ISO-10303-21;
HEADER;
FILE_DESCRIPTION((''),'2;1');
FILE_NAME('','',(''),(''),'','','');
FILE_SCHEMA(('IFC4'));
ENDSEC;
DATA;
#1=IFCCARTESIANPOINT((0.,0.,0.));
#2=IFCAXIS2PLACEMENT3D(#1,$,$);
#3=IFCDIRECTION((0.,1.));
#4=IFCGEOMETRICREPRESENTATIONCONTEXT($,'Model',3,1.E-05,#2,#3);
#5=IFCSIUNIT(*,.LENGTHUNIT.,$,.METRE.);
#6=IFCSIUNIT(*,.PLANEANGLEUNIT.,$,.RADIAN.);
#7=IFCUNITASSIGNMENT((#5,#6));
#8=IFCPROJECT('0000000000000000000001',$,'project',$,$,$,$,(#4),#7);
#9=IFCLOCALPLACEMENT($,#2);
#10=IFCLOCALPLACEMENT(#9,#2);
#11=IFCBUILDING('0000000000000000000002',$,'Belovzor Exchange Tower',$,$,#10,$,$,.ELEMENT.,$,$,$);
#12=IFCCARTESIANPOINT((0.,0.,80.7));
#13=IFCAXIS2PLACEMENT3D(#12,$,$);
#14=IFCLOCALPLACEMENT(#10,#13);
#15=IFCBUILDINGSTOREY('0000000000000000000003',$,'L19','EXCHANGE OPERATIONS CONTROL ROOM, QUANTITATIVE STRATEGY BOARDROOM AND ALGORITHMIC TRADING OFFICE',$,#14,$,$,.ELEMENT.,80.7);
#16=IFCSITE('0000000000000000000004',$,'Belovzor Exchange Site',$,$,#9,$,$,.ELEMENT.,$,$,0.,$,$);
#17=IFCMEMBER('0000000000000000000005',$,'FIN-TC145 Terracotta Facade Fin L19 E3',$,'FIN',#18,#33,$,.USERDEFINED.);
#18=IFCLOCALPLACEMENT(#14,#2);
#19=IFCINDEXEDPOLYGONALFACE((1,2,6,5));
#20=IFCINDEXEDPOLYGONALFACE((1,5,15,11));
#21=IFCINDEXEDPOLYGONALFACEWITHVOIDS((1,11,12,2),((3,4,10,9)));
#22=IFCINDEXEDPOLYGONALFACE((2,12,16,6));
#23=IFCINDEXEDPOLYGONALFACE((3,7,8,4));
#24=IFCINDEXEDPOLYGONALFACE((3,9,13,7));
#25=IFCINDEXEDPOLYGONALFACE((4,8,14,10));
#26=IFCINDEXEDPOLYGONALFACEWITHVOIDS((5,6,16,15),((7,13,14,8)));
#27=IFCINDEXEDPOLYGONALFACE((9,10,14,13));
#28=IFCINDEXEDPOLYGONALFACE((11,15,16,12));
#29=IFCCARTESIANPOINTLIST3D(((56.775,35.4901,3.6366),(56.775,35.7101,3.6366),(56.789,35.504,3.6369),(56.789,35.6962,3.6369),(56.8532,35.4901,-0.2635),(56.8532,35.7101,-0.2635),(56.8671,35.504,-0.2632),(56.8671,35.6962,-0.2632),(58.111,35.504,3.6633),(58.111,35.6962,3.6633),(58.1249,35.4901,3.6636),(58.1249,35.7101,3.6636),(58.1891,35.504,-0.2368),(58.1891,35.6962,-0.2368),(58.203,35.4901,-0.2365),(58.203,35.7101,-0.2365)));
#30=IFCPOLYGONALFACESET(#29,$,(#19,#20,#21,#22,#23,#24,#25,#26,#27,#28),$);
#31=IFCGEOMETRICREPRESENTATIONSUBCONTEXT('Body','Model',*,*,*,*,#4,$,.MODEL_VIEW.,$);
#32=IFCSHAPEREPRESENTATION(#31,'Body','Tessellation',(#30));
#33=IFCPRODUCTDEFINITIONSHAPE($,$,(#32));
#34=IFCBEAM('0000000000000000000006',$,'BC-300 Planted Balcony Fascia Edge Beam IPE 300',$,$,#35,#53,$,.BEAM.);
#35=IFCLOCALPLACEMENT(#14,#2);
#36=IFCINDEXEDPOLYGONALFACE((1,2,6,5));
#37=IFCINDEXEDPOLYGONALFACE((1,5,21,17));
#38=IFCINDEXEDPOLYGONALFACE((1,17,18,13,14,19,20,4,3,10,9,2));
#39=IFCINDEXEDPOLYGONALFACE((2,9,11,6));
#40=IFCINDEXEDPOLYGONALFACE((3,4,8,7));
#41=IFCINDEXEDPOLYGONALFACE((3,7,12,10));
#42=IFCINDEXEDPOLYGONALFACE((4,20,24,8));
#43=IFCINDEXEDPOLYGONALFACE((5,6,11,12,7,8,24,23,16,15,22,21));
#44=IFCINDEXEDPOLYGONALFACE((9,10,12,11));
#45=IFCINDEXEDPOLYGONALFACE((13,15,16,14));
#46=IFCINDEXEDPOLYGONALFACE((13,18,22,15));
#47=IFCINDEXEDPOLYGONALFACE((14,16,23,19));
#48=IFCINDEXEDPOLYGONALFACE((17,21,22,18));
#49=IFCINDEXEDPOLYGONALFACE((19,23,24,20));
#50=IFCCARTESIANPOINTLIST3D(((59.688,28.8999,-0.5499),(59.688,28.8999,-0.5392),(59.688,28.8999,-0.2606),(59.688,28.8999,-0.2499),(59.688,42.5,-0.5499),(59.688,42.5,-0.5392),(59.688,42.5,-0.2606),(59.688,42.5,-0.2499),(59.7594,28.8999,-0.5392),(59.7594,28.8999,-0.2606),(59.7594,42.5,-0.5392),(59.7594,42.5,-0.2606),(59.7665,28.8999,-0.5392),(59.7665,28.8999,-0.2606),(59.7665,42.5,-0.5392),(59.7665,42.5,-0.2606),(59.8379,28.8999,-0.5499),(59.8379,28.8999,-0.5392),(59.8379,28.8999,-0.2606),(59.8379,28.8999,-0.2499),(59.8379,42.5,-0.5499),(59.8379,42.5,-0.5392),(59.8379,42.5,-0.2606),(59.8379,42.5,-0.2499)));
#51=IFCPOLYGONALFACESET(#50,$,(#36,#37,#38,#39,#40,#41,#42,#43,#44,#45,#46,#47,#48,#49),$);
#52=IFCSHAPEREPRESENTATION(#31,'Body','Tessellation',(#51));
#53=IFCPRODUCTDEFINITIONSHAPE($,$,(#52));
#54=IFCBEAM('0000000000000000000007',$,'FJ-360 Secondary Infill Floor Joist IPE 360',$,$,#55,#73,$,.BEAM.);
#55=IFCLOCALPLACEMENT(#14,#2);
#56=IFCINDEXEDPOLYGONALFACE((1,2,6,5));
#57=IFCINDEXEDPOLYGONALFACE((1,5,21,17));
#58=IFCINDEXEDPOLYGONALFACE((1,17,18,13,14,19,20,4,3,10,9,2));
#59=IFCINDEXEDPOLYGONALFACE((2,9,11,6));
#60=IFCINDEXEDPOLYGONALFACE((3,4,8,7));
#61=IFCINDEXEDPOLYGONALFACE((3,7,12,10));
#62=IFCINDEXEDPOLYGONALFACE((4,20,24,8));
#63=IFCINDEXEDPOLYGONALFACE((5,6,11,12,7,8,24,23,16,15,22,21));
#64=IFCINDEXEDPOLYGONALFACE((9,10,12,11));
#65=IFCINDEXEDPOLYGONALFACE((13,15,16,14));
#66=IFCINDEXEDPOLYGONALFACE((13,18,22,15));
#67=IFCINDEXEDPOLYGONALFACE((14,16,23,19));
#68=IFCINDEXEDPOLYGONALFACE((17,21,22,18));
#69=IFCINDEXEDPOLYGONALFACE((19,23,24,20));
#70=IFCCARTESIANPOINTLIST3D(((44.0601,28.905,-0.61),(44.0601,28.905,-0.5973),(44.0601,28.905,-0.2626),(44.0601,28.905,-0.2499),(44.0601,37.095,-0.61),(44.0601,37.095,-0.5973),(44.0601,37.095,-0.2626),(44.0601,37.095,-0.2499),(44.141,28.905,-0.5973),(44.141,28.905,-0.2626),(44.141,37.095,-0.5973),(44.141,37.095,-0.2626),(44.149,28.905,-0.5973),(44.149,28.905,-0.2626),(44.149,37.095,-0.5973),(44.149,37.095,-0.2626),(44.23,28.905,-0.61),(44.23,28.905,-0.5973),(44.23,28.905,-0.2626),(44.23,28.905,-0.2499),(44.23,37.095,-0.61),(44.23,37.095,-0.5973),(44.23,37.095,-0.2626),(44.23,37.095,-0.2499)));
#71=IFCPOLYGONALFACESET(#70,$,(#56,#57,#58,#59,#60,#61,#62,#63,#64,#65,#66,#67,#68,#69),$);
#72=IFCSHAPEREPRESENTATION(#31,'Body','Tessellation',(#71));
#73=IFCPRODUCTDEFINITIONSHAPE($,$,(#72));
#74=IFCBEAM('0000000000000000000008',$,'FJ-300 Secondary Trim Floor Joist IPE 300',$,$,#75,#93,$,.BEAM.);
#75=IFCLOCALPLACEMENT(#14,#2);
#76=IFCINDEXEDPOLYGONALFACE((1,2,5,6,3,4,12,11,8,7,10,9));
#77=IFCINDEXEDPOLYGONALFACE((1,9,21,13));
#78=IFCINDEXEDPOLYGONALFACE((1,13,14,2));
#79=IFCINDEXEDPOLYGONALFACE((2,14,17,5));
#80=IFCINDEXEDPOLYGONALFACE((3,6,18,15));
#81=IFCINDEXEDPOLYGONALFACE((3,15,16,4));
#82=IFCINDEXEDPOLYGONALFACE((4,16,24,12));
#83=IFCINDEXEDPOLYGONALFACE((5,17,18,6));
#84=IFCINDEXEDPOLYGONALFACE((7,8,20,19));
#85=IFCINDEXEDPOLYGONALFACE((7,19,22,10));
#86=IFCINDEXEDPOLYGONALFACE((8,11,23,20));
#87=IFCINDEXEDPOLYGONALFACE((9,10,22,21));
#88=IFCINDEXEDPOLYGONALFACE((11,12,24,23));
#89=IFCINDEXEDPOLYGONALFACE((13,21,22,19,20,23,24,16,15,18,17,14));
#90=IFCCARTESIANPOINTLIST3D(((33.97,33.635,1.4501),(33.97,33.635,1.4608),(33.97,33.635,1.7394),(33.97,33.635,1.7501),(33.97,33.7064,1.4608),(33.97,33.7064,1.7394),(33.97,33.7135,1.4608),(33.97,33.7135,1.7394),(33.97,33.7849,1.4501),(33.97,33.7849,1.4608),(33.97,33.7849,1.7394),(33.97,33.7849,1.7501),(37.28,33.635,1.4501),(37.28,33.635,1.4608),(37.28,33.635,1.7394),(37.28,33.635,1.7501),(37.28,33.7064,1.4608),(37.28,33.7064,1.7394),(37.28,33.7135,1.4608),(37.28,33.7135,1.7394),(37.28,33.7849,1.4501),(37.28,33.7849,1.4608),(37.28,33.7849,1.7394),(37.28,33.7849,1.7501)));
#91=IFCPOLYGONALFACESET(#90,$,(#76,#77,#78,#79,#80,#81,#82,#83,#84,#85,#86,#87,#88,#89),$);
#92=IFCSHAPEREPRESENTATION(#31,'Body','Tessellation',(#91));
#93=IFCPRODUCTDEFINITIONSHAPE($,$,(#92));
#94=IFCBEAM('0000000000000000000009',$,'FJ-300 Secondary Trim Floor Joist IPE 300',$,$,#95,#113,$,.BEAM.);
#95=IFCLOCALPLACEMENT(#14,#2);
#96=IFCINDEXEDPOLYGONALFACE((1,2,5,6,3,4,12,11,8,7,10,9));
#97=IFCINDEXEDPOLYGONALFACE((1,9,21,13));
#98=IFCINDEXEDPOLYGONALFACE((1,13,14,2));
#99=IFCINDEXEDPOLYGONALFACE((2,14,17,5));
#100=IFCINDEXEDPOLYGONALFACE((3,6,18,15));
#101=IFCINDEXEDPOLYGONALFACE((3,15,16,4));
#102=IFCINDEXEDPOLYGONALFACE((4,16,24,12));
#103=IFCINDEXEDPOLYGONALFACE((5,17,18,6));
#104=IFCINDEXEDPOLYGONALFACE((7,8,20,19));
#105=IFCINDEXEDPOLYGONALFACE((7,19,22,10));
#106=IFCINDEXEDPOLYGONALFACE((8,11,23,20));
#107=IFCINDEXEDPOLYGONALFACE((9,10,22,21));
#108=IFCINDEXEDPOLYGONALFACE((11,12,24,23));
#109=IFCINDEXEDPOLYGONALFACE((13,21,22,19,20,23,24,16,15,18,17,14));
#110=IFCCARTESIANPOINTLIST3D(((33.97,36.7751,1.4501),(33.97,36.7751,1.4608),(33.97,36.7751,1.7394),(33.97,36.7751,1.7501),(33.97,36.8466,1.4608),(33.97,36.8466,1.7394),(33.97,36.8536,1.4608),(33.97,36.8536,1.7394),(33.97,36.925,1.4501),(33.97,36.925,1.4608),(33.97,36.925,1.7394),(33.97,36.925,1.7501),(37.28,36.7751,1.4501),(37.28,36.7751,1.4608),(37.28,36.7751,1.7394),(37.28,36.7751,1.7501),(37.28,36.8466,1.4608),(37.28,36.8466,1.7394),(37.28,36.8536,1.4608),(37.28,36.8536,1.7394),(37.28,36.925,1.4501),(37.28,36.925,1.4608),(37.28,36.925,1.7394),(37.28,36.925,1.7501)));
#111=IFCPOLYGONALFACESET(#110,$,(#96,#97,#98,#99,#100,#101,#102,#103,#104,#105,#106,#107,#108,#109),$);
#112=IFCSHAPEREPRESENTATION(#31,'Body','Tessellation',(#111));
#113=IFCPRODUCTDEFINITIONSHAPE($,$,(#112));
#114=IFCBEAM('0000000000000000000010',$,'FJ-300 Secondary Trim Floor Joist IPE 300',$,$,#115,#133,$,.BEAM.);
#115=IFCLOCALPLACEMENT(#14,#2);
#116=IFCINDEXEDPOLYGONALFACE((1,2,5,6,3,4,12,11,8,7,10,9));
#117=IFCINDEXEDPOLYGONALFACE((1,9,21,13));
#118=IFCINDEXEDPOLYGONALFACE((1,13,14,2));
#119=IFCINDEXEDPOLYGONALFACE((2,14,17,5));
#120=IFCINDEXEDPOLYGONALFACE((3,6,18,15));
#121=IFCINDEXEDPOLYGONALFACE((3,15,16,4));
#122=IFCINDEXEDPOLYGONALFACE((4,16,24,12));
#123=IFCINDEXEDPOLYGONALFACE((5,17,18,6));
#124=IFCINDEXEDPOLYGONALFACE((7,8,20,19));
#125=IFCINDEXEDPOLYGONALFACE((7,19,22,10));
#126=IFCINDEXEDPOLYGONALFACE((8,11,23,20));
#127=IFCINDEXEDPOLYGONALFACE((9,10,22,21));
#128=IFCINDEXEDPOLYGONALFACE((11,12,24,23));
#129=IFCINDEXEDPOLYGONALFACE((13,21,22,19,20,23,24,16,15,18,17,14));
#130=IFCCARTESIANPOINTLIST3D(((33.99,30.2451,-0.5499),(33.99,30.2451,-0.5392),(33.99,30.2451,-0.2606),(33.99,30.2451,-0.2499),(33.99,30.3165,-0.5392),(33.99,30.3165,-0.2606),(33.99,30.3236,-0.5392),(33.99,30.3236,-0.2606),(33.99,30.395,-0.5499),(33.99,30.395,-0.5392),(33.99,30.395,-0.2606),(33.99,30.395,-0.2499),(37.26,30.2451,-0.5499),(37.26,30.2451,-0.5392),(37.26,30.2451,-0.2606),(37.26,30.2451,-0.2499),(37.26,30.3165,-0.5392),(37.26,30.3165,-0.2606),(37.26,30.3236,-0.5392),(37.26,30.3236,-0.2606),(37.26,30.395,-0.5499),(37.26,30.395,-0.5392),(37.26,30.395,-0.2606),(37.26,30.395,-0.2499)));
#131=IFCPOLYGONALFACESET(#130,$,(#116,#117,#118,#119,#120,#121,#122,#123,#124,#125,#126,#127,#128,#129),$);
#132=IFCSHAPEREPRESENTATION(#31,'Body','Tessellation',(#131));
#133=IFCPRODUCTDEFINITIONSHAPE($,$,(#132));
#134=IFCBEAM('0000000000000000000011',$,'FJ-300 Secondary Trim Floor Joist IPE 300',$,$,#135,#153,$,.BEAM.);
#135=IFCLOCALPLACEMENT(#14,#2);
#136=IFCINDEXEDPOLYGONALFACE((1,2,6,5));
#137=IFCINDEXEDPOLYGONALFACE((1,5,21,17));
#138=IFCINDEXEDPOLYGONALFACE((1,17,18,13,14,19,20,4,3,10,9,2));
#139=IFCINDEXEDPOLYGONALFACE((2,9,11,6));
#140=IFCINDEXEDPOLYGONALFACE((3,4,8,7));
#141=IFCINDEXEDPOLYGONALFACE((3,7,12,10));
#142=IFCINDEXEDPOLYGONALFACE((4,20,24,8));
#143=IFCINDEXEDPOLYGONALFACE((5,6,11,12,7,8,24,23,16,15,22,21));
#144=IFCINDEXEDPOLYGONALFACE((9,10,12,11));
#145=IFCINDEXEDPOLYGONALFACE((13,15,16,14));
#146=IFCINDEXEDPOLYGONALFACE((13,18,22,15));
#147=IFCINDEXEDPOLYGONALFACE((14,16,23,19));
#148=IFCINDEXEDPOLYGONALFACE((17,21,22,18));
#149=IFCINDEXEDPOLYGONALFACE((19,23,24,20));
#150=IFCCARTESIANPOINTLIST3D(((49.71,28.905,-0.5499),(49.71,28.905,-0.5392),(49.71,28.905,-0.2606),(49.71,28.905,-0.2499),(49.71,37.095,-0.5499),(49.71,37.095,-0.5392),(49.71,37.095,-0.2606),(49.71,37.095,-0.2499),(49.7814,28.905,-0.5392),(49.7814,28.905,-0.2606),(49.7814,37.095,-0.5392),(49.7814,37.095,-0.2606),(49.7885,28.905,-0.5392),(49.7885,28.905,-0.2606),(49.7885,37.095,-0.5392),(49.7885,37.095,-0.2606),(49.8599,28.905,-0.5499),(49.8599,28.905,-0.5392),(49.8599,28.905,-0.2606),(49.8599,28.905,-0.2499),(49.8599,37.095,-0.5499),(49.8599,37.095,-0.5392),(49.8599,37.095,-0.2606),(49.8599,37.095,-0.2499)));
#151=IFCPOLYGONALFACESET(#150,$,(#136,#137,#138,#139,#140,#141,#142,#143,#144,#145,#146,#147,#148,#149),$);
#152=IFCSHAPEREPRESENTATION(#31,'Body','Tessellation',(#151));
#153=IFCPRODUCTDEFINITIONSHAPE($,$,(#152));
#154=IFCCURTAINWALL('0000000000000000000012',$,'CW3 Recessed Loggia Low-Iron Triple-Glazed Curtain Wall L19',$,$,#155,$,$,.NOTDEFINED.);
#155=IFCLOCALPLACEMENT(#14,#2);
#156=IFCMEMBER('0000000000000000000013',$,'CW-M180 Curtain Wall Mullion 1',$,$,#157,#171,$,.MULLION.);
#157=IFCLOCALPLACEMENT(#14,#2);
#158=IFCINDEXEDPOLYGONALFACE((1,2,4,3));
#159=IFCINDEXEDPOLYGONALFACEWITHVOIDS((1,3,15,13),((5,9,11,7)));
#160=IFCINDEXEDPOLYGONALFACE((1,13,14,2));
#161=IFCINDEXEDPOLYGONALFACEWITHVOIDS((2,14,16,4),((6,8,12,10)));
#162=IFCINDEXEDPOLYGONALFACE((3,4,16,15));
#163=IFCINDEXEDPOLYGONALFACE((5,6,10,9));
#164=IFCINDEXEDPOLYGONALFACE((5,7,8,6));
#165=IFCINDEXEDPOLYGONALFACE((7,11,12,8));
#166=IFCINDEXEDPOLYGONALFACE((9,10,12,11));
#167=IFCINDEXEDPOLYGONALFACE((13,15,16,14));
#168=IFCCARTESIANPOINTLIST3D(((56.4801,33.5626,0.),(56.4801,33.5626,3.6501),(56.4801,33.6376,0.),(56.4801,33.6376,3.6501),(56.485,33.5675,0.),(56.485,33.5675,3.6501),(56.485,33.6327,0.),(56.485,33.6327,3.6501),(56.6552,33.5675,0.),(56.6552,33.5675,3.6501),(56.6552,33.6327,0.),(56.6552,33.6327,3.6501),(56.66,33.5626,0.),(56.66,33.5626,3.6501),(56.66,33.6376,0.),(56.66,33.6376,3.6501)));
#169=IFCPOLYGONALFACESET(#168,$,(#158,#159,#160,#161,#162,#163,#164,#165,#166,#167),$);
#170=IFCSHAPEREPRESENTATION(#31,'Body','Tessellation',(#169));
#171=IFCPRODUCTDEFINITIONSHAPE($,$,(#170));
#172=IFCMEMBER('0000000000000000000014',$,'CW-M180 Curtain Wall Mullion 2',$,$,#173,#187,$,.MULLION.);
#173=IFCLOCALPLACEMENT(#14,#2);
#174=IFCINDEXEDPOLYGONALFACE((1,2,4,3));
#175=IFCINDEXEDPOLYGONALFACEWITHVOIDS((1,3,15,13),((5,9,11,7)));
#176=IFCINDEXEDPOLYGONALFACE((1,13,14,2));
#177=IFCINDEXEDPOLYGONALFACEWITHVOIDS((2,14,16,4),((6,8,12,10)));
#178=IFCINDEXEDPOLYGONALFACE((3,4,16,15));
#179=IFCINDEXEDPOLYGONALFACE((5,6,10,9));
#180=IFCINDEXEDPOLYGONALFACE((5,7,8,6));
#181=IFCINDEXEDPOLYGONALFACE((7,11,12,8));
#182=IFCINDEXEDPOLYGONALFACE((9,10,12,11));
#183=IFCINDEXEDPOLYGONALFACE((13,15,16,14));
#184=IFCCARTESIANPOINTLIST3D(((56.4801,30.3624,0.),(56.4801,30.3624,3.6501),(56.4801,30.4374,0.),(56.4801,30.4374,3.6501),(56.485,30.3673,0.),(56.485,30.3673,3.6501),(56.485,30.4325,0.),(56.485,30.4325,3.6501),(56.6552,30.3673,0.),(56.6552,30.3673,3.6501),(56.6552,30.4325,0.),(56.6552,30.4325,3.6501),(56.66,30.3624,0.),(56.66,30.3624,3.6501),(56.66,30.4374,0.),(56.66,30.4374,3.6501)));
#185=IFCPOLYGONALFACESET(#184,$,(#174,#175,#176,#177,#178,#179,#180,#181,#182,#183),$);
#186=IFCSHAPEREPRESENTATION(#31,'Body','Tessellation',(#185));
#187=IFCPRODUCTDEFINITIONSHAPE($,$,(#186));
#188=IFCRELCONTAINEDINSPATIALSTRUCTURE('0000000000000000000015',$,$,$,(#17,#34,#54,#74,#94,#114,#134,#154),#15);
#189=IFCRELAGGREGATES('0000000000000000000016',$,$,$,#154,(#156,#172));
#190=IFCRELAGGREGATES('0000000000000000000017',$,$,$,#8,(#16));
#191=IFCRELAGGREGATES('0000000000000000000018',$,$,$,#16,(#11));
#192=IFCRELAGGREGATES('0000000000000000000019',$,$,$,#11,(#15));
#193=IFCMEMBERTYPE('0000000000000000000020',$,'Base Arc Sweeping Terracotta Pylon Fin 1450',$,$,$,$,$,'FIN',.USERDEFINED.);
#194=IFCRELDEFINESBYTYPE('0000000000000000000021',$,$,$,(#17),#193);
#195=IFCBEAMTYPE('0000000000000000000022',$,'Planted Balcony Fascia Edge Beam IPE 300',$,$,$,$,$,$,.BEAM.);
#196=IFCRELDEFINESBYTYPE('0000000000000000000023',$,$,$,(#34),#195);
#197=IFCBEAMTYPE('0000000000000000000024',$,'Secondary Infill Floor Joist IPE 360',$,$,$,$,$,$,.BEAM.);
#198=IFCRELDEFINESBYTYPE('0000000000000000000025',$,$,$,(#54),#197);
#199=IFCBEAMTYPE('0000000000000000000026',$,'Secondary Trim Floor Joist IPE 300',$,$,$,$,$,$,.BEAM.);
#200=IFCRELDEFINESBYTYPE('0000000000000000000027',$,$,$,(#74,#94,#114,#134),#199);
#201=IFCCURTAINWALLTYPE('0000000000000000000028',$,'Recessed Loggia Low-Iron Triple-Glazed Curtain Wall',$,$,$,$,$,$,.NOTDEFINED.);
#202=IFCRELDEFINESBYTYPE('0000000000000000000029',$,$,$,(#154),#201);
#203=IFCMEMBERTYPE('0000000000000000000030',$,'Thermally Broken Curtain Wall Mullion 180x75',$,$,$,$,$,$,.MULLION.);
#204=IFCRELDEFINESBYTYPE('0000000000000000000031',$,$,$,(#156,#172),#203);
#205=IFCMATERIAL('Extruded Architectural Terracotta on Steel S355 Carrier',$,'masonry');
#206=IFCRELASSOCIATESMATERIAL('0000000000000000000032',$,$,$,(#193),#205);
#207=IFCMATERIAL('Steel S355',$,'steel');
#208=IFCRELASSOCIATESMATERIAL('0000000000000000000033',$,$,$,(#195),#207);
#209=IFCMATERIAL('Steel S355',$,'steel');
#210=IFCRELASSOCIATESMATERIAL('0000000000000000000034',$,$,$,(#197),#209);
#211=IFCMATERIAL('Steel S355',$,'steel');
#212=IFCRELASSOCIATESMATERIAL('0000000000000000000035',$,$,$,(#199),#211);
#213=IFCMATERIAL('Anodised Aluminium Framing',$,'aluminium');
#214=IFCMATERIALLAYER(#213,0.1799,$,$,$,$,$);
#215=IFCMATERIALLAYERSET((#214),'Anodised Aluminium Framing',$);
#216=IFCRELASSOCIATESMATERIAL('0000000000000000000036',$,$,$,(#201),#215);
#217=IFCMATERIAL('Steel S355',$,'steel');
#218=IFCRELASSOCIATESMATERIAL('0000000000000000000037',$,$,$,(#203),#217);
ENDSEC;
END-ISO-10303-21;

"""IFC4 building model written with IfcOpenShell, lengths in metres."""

from ifc_helpers import new_model, si_unit, direction, frame, origin, origin_2d, place, context, subcontext, project, spatial, hollow_rectangle, i_section, extrude, material, layer, layer_set, material_profile, profile_set, type_object, element, aggregate, save


model = new_model("IFC4")

# Units and contexts
model_context = context("Model", 3, precision=1e-05, world=origin(), true_north=direction((0.0, 1.0)))
body_context = subcontext(model_context, "Body", "Model", "MODEL_VIEW")
ifc_project = project(units=[si_unit("LENGTHUNIT", "METRE"), si_unit("PLANEANGLEUNIT", "RADIAN")], contexts=[model_context])

# Site, building, storey
site_placement = place(None, origin())
site = spatial("IfcSite", under=ifc_project, at=site_placement, Name="Belovzor Exchange Site", CompositionType="ELEMENT", RefElevation=0.0)
building_placement = place(site_placement, origin())
building = spatial("IfcBuilding", under=site, at=building_placement, Name="Belovzor Exchange Tower", CompositionType="ELEMENT")
storey_placement = place(building_placement, frame((0.0, 0.0, 80.7)))
storey = spatial("IfcBuildingStorey", under=building, at=storey_placement, Name="L19", Description="EXCHANGE OPERATIONS CONTROL ROOM, QUANTITATIVE STRATEGY BOARDROOM AND ALGORITHMIC TRADING OFFICE", CompositionType="ELEMENT", Elevation=80.7)

# Member
ifc_material_1 = material(Name="Extruded Architectural Terracotta on Steel S355 Carrier", Category="masonry")
ifc_material_profile_1 = material_profile(ifc_material_1, hollow_rectangle(XDim=0.22, YDim=1.3501, WallThickness=0.0139, at=origin_2d()))
ifc_profile_set_1 = profile_set([ifc_material_profile_1], Name="Extruded Architectural Terracotta on Steel S355 Carrier")
member_type_1 = type_object("IfcMemberType", Name="Base Arc Sweeping Terracotta Pylon Fin 1450", ElementType="FIN", PredefinedType="USERDEFINED", material=ifc_profile_set_1)
member_1_placement = place(storey_placement, frame((57.5281, 35.6001, -0.25), z_axis=(-0.020027, 0.0, 0.999799), x_axis=(0.0, -1.0, 0.0)))
element("IfcMember", 1, at=member_1_placement, inside=storey, type_object=member_type_1, Name="FIN-TC145 Terracotta Facade Fin L19 E3", ObjectType="FIN", PredefinedType="USERDEFINED", context=body_context, shape_type="SweptSolid", body=[
    extrude(hollow_rectangle(XDim=0.22, YDim=1.3501, WallThickness=0.0139, at=origin_2d()), origin(), (0.0, 0.0, 1.0), 3.9009),
])

# Beams
ifc_material_2 = material(Name="Steel S355", Category="steel")
ifc_material_profile_2 = material_profile(ifc_material_2, i_section(OverallWidth=0.1499, OverallDepth=0.3, WebThickness=0.0071, FlangeThickness=0.0107, at=origin_2d()))
ifc_profile_set_2 = profile_set([ifc_material_profile_2], Name="Steel S355")
beam_type_1 = type_object("IfcBeamType", Name="Planted Balcony Fascia Edge Beam IPE 300", PredefinedType="BEAM", material=ifc_profile_set_2)
beam_1_placement = place(storey_placement, frame((59.7629, 28.8999, -0.3999), z_axis=(0.0, 1.0, 0.0), x_axis=(-1.0, 0.0, 0.0)))
element("IfcBeam", 2, at=beam_1_placement, inside=storey, type_object=beam_type_1, Name="BC-300 Planted Balcony Fascia Edge Beam IPE 300", PredefinedType="BEAM", context=body_context, shape_type="SweptSolid", body=[
    extrude(i_section(OverallWidth=0.1499, OverallDepth=0.3, WebThickness=0.0071, FlangeThickness=0.0107, at=origin_2d()), origin(), (0.0, 0.0, 1.0), 13.6001),
])
ifc_material_3 = material(Name="Steel S355", Category="steel")
ifc_material_profile_3 = material_profile(ifc_material_3, i_section(OverallWidth=0.1699, OverallDepth=0.3601, WebThickness=0.0081, FlangeThickness=0.0127, at=origin_2d()))
ifc_profile_set_3 = profile_set([ifc_material_profile_3], Name="Steel S355")
beam_type_2 = type_object("IfcBeamType", Name="Secondary Infill Floor Joist IPE 360", PredefinedType="BEAM", material=ifc_profile_set_3)
beam_2_placement = place(storey_placement, frame((44.145, 28.905, -0.4299), z_axis=(0.0, 1.0, 0.0), x_axis=(-1.0, 0.0, 0.0)))
element("IfcBeam", 3, at=beam_2_placement, inside=storey, type_object=beam_type_2, Name="FJ-360 Secondary Infill Floor Joist IPE 360", PredefinedType="BEAM", context=body_context, shape_type="SweptSolid", body=[
    extrude(i_section(OverallWidth=0.1699, OverallDepth=0.3601, WebThickness=0.0081, FlangeThickness=0.0127, at=origin_2d()), origin(), (0.0, 0.0, 1.0), 8.1899),
])
ifc_material_4 = material(Name="Steel S355", Category="steel")
ifc_material_profile_4 = material_profile(ifc_material_4, i_section(OverallWidth=0.1499, OverallDepth=0.3, WebThickness=0.0071, FlangeThickness=0.0107, at=origin_2d()))
ifc_profile_set_4 = profile_set([ifc_material_profile_4], Name="Steel S355")
beam_type_3 = type_object("IfcBeamType", Name="Secondary Trim Floor Joist IPE 300", PredefinedType="BEAM", material=ifc_profile_set_4)
for number, where, z_axis, x_axis, name in (
    (4, (37.28, 33.71, 1.6001), (-1.0, 0.0, 0.0), (0.0, -1.0, 0.0), "FJ-300 Secondary Trim Floor Joist IPE 300"),
    (5, (37.28, 36.8501, 1.6001), (-1.0, 0.0, 0.0), (0.0, -1.0, 0.0), "FJ-300 Secondary Trim Floor Joist IPE 300"),
):
    element("IfcBeam", number, at=place(storey_placement, frame(where, z_axis=z_axis, x_axis=x_axis)), inside=storey, type_object=beam_type_3, Name=name, PredefinedType="BEAM", context=body_context, shape_type="SweptSolid", body=[
        extrude(i_section(OverallWidth=0.1499, OverallDepth=0.3, WebThickness=0.0071, FlangeThickness=0.0107, at=origin_2d()), origin(), (0.0, 0.0, 1.0), 3.3101),
    ])
beam_3_placement = place(storey_placement, frame((37.26, 30.3201, -0.3999), z_axis=(-1.0, 0.0, 0.0), x_axis=(0.0, -1.0, 0.0)))
element("IfcBeam", 6, at=beam_3_placement, inside=storey, type_object=beam_type_3, Name="FJ-300 Secondary Trim Floor Joist IPE 300", PredefinedType="BEAM", context=body_context, shape_type="SweptSolid", body=[
    extrude(i_section(OverallWidth=0.1499, OverallDepth=0.3, WebThickness=0.0071, FlangeThickness=0.0107, at=origin_2d()), origin(), (0.0, 0.0, 1.0), 3.27),
])
beam_4_placement = place(storey_placement, frame((49.7849, 28.905, -0.3999), z_axis=(0.0, 1.0, 0.0), x_axis=(-1.0, 0.0, 0.0)))
element("IfcBeam", 7, at=beam_4_placement, inside=storey, type_object=beam_type_3, Name="FJ-300 Secondary Trim Floor Joist IPE 300", PredefinedType="BEAM", context=body_context, shape_type="SweptSolid", body=[
    extrude(i_section(OverallWidth=0.1499, OverallDepth=0.3, WebThickness=0.0071, FlangeThickness=0.0107, at=origin_2d()), origin(), (0.0, 0.0, 1.0), 8.1899),
])

# Curtain wall, members
ifc_material_5 = material(Name="Anodised Aluminium Framing", Category="aluminium")
ifc_layer_1 = layer(ifc_material_5, 0.1799)
ifc_layer_set_1 = layer_set([ifc_layer_1], Name="Anodised Aluminium Framing")
curtain_wall_type = type_object("IfcCurtainWallType", Name="Recessed Loggia Low-Iron Triple-Glazed Curtain Wall", PredefinedType="NOTDEFINED", material=ifc_layer_set_1)
curtain_wall_placement = place(storey_placement, origin())
curtain_wall = element("IfcCurtainWall", 8, at=curtain_wall_placement, inside=storey, type_object=curtain_wall_type, Name="CW3 Recessed Loggia Low-Iron Triple-Glazed Curtain Wall L19", PredefinedType="NOTDEFINED")
ifc_material_6 = material(Name="Steel S355", Category="steel")
ifc_material_profile_5 = material_profile(ifc_material_6, hollow_rectangle(XDim=0.075, YDim=0.1799, WallThickness=0.0049, at=origin_2d()))
ifc_profile_set_5 = profile_set([ifc_material_profile_5], Name="Steel S355")
member_type_2 = type_object("IfcMemberType", Name="Thermally Broken Curtain Wall Mullion 180x75", PredefinedType="MULLION", material=ifc_profile_set_5)
member_2_placement = place(storey_placement, frame((56.5701, 33.6001, 0.0), z_axis=(0.0, 0.0, 1.0), x_axis=(0.0, -1.0, 0.0)))
member_2 = element("IfcMember", 9, at=member_2_placement, type_object=member_type_2, Name="CW-M180 Curtain Wall Mullion 1", PredefinedType="MULLION", context=body_context, shape_type="SweptSolid", body=[
    extrude(hollow_rectangle(XDim=0.075, YDim=0.1799, WallThickness=0.0049, at=origin_2d()), origin(), (0.0, 0.0, 1.0), 3.6501),
])
member_3_placement = place(storey_placement, frame((56.5701, 30.3999, 0.0), z_axis=(0.0, 0.0, 1.0), x_axis=(0.0, -1.0, 0.0)))
member_3 = element("IfcMember", 10, at=member_3_placement, type_object=member_type_2, Name="CW-M180 Curtain Wall Mullion 2", PredefinedType="MULLION", context=body_context, shape_type="SweptSolid", body=[
    extrude(hollow_rectangle(XDim=0.075, YDim=0.1799, WallThickness=0.0049, at=origin_2d()), origin(), (0.0, 0.0, 1.0), 3.6501),
])

aggregate(curtain_wall, [member_2, member_3])

save(model, "model.ifc")
